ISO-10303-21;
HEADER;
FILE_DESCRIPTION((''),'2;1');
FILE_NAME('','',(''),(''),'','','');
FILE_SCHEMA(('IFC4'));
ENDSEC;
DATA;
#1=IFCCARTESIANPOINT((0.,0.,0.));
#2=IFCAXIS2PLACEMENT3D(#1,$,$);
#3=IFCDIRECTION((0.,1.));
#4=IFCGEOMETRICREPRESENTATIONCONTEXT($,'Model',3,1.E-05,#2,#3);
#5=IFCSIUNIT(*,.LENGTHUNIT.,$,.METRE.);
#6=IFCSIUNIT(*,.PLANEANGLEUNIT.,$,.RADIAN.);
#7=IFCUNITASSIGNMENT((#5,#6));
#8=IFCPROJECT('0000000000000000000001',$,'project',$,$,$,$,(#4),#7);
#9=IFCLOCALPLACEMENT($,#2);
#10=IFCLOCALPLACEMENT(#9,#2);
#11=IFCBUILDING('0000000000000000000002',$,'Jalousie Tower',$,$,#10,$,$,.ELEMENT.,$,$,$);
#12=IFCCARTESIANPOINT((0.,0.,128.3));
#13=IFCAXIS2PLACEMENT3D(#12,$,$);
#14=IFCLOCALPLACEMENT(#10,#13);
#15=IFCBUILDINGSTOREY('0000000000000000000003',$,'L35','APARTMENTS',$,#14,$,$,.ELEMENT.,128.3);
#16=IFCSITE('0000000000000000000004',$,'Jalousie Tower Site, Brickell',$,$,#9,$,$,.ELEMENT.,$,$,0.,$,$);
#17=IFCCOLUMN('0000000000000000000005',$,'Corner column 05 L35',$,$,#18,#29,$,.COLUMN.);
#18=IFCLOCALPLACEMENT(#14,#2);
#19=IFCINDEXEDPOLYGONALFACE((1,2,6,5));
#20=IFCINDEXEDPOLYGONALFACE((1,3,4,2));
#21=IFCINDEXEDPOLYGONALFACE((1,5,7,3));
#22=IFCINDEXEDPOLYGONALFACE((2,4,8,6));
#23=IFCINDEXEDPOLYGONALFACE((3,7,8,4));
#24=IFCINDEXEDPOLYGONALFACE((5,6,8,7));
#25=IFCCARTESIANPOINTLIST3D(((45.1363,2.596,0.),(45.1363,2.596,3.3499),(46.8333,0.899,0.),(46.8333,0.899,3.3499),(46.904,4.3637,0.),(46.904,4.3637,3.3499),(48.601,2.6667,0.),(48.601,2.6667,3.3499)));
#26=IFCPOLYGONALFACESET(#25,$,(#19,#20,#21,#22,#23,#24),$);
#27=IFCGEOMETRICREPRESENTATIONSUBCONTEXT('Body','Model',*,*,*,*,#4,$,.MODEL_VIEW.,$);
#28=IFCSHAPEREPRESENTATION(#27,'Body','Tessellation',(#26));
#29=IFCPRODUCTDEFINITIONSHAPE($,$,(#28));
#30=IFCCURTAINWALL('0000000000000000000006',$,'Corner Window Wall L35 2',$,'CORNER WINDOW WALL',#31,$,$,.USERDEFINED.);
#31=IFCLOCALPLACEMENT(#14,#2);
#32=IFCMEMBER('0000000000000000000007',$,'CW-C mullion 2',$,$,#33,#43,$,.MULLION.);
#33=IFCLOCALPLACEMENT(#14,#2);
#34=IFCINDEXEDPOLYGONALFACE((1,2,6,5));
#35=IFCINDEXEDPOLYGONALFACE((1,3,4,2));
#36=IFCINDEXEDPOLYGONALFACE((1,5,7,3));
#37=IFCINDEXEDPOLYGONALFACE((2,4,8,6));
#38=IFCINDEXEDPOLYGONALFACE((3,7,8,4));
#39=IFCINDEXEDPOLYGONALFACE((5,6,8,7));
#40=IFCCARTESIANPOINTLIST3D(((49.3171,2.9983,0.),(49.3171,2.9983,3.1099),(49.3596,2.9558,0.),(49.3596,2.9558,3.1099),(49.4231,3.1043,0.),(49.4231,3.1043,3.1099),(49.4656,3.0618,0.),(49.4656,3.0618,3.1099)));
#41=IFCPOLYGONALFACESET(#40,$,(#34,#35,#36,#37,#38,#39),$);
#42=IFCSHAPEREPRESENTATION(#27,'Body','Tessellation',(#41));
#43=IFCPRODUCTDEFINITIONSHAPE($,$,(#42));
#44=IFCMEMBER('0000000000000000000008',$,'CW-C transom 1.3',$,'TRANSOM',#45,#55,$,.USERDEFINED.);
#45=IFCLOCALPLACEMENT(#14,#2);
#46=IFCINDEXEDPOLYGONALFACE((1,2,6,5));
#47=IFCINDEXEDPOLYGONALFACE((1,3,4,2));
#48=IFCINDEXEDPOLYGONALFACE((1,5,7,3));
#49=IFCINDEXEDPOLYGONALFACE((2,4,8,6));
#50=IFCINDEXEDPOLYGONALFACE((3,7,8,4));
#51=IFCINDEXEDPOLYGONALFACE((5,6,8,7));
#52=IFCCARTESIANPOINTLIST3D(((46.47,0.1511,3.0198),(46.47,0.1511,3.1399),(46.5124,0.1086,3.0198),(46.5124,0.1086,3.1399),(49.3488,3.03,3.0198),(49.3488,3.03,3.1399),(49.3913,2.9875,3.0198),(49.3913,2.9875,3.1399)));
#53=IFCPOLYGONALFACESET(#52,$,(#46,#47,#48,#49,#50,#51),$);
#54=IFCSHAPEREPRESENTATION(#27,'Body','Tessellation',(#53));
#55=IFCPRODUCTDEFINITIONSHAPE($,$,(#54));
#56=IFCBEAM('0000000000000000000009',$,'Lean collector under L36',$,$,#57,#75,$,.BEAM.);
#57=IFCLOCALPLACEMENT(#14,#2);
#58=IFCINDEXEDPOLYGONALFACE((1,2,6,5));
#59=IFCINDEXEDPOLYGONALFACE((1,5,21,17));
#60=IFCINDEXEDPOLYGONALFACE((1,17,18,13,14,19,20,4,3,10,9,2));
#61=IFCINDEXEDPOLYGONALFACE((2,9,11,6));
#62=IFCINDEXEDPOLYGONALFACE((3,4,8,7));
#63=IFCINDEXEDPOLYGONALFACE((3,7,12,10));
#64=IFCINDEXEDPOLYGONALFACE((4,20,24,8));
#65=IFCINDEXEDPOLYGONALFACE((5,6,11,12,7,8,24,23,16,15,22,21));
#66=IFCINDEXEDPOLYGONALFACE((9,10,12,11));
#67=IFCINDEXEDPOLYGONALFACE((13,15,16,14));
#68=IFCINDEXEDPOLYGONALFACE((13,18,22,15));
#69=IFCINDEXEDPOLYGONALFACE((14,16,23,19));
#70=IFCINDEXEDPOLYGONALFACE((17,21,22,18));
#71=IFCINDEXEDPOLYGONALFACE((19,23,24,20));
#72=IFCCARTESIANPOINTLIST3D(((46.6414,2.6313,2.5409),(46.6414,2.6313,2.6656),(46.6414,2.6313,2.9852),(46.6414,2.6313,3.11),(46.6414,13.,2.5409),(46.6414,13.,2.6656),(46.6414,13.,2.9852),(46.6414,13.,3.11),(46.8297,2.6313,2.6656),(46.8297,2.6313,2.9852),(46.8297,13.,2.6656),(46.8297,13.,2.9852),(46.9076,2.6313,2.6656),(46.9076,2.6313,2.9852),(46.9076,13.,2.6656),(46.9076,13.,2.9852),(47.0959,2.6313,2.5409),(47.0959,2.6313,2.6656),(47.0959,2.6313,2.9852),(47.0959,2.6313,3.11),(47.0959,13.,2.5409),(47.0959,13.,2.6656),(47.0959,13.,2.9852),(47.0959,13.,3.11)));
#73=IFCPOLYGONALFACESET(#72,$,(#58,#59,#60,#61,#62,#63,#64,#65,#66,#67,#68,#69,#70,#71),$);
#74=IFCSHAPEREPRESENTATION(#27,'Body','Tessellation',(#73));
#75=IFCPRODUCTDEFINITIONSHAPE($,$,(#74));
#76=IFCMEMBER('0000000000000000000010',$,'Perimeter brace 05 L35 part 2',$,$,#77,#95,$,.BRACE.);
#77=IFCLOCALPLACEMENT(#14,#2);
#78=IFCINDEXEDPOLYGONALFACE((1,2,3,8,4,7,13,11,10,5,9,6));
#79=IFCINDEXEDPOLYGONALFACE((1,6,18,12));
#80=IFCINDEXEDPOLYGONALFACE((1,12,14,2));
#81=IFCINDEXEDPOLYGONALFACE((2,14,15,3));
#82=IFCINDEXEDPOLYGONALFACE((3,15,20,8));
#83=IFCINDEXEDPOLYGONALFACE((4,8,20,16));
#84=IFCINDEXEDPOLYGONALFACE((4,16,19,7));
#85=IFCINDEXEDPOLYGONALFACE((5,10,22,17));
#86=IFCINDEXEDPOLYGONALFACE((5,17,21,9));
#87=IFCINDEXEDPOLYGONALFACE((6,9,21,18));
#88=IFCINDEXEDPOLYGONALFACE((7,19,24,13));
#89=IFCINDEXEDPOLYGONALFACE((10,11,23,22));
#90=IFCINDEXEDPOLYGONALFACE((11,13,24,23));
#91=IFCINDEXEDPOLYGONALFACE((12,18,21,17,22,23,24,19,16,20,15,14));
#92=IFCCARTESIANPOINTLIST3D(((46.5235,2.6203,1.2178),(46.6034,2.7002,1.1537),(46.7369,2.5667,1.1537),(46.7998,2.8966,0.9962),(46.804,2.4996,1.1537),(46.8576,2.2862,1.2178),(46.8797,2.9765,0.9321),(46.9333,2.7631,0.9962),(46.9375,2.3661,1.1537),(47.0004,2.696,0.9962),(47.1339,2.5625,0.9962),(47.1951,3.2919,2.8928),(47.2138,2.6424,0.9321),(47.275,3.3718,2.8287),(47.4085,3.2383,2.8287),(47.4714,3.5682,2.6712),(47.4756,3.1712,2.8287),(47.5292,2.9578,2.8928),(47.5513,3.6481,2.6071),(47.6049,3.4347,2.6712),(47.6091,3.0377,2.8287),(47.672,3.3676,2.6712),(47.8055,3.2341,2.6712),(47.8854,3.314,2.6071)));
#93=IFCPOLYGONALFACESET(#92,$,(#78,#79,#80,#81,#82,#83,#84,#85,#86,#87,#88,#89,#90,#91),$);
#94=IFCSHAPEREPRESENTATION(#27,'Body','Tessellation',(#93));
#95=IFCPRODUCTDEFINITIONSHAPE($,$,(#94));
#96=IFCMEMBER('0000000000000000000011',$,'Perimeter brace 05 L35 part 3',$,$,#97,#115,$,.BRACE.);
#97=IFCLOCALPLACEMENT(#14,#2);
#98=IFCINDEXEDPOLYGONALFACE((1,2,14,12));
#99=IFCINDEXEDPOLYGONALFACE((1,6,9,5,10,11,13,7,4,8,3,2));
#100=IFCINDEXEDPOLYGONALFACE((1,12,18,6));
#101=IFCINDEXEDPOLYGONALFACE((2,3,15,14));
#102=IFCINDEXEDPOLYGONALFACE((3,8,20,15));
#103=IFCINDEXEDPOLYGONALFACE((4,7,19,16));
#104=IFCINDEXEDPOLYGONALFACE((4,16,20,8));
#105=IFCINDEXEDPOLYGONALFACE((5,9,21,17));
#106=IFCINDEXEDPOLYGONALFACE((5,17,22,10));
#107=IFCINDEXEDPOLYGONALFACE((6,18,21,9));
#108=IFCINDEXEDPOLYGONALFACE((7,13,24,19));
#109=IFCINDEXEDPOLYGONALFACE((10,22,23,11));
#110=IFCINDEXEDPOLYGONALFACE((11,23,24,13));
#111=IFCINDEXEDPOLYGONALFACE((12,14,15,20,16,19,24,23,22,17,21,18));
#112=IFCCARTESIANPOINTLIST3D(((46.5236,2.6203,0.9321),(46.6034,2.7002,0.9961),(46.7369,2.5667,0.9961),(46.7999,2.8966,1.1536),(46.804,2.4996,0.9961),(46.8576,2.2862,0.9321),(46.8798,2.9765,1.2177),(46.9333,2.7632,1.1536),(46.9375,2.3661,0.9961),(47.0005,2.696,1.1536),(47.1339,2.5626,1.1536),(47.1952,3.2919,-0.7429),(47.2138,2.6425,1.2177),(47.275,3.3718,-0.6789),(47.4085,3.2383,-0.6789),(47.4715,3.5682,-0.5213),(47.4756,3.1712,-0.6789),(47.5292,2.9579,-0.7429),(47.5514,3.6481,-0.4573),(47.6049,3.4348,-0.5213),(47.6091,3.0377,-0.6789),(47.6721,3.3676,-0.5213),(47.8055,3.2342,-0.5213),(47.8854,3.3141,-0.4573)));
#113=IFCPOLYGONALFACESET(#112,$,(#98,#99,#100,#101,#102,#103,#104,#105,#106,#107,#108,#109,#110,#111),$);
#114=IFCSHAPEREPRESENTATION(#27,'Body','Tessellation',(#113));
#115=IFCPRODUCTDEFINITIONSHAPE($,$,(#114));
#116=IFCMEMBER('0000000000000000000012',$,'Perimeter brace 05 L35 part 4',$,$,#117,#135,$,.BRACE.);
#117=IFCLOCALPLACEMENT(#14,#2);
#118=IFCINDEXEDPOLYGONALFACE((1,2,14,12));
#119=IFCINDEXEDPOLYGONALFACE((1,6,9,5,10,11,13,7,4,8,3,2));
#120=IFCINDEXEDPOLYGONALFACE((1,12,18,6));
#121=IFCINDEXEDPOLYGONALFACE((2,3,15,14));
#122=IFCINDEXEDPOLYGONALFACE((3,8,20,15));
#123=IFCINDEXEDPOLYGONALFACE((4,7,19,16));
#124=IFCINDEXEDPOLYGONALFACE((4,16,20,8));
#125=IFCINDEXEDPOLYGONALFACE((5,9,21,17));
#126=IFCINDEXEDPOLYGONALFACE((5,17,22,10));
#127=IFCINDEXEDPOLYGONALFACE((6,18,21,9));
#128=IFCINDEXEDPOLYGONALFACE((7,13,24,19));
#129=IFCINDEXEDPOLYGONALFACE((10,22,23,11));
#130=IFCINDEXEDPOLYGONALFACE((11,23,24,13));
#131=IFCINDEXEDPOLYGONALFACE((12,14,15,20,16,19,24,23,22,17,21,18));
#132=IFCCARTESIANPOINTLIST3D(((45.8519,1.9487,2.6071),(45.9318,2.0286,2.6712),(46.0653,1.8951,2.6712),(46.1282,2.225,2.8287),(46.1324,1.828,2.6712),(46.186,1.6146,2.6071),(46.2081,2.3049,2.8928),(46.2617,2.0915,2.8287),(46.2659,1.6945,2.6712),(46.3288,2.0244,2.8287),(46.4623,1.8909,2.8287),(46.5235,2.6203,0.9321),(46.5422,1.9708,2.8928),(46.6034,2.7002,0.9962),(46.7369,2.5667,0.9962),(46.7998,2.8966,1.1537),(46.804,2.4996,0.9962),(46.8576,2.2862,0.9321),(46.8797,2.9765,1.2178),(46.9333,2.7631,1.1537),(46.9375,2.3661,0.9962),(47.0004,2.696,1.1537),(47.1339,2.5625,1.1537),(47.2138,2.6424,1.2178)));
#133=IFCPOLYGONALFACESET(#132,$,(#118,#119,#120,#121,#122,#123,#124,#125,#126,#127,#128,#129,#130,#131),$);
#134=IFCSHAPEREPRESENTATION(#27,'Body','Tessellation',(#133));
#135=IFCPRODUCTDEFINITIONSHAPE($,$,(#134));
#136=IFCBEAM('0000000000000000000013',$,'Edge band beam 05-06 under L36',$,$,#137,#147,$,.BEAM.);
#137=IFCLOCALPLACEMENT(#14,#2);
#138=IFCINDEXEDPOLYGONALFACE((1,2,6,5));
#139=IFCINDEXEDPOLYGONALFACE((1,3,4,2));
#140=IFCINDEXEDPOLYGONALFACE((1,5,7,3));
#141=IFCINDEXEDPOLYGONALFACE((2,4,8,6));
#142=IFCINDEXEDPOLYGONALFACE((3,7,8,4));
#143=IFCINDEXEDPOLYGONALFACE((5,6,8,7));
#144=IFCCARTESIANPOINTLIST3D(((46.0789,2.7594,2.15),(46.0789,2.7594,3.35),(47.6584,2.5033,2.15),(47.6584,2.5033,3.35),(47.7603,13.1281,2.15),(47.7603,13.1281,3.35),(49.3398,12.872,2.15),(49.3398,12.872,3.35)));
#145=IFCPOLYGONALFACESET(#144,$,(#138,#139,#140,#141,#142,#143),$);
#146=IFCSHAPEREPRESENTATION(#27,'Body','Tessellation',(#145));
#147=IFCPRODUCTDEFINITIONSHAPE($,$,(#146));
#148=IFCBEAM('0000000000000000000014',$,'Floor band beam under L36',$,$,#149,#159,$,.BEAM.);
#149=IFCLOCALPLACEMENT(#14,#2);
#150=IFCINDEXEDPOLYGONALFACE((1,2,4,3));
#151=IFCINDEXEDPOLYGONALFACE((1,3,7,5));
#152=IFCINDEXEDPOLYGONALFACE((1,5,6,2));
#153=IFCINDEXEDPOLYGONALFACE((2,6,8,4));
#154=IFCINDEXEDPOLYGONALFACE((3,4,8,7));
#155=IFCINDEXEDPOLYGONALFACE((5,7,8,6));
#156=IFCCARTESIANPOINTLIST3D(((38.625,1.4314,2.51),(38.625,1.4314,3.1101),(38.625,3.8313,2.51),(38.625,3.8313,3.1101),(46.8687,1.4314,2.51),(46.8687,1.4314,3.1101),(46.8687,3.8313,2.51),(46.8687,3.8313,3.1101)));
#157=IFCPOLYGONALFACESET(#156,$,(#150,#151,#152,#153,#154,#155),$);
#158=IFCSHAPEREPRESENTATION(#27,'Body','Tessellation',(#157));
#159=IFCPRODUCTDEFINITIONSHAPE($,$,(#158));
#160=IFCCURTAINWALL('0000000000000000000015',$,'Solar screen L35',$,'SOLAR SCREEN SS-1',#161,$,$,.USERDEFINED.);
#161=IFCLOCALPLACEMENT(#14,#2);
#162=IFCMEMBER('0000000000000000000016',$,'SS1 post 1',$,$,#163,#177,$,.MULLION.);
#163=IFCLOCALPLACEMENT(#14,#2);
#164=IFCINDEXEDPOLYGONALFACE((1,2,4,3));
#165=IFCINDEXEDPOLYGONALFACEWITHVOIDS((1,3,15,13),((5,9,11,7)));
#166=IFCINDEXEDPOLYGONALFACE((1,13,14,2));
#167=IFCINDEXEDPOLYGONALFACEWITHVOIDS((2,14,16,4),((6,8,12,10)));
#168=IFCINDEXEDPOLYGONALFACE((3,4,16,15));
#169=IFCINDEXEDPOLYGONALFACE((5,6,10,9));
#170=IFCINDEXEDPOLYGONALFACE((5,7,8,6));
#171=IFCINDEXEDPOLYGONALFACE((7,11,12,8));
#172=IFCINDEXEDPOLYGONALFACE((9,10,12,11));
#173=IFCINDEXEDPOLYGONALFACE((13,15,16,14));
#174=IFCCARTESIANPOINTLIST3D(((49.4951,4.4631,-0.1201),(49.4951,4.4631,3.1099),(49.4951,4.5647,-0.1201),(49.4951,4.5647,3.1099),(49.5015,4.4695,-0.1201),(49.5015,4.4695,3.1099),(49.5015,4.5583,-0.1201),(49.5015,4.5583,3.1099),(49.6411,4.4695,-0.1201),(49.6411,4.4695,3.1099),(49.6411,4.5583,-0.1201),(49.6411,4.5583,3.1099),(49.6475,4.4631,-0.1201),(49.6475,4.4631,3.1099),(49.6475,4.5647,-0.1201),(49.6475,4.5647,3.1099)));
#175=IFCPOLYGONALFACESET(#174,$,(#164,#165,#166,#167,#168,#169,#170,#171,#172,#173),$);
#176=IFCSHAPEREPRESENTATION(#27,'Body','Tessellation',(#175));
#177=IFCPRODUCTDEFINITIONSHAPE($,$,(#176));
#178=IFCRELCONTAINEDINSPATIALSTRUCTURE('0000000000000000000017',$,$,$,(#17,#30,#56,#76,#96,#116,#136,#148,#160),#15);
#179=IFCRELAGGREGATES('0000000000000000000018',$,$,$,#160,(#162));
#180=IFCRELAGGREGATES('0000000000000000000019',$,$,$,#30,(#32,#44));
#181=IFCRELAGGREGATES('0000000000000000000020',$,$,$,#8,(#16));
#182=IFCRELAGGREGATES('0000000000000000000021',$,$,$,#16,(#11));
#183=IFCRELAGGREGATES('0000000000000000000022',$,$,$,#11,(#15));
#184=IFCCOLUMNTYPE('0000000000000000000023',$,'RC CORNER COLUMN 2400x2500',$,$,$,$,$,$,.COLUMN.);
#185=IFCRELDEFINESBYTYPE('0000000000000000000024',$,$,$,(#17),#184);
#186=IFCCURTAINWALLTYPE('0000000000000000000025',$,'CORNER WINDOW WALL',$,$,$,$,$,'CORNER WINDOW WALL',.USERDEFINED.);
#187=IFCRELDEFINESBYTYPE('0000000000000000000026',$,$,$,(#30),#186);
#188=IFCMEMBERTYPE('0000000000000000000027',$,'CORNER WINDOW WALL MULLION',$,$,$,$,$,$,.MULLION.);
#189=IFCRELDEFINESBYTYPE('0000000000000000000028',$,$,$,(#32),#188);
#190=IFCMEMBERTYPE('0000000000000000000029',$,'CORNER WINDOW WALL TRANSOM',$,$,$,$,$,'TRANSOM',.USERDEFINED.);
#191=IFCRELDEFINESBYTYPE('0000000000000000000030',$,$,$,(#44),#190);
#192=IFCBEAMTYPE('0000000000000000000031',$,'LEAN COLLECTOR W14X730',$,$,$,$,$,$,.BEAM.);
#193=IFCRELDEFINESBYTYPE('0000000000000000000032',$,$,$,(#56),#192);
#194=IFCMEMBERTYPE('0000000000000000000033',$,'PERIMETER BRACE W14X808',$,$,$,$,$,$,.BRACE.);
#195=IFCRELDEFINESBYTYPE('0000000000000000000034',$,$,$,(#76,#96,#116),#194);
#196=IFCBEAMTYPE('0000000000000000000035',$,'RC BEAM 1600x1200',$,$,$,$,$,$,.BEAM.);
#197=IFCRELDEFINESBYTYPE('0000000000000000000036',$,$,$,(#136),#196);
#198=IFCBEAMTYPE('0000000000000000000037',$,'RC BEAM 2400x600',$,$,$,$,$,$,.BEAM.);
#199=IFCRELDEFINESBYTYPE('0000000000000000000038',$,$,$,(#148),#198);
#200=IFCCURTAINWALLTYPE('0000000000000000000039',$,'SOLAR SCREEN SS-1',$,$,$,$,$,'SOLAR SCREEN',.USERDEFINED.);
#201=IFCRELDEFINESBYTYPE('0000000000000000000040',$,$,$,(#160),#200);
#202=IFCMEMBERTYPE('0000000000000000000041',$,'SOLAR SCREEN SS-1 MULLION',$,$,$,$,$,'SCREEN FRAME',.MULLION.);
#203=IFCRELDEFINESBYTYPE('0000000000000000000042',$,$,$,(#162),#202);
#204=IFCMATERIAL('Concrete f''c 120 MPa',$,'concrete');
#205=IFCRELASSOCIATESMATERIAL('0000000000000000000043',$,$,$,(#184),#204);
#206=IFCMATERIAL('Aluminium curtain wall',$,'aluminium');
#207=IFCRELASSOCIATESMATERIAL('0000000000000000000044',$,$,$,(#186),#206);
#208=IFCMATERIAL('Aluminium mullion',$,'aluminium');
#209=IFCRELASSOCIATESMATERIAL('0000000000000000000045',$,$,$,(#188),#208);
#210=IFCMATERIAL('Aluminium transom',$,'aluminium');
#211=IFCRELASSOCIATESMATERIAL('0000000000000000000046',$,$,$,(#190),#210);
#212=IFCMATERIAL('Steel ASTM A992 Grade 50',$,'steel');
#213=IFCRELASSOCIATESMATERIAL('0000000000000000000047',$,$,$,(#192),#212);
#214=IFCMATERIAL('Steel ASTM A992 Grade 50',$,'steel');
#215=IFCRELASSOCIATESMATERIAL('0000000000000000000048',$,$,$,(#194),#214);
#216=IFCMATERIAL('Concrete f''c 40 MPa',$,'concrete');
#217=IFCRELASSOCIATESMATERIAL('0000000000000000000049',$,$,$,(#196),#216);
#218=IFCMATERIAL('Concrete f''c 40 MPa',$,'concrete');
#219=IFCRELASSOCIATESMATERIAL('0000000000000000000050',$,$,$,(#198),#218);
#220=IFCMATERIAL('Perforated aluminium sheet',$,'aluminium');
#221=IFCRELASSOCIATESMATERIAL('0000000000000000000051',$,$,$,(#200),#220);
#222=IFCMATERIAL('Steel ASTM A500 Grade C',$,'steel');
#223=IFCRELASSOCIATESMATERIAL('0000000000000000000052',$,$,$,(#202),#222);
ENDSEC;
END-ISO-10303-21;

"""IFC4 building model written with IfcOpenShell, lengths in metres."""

from ifc_helpers import new_model, si_unit, direction, frame, origin, origin_2d, place, context, subcontext, project, spatial, rectangle, hollow_rectangle, i_section, extrude, material, material_profile, profile_set, type_object, element, aggregate, save


model = new_model("IFC4")

# Units and contexts
model_context = context("Model", 3, precision=1e-05, world=origin(), true_north=direction((0.0, 1.0)))
body_context = subcontext(model_context, "Body", "Model", "MODEL_VIEW")
ifc_project = project(units=[si_unit("LENGTHUNIT", "METRE"), si_unit("PLANEANGLEUNIT", "RADIAN")], contexts=[model_context])

# Site, building, storey
site_placement = place(None, origin())
site = spatial("IfcSite", under=ifc_project, at=site_placement, Name="Jalousie Tower Site, Brickell", CompositionType="ELEMENT", RefElevation=0.0)
building_placement = place(site_placement, origin())
building = spatial("IfcBuilding", under=site, at=building_placement, Name="Jalousie Tower", CompositionType="ELEMENT")
storey_placement = place(building_placement, frame((0.0, 0.0, 128.3)))
storey = spatial("IfcBuildingStorey", under=building, at=storey_placement, Name="L35", Description="APARTMENTS", CompositionType="ELEMENT", Elevation=128.3)

# Column
ifc_material_1 = material(Name="Concrete f'c 120 MPa", Category="concrete")
ifc_material_profile_1 = material_profile(ifc_material_1, rectangle(XDim=2.3999, YDim=2.5, at=origin_2d()), Name="RC 2400x2500")
ifc_profile_set_1 = profile_set([ifc_material_profile_1], Name="Concrete f'c 120 MPa")
column_type = type_object("IfcColumnType", Name="RC CORNER COLUMN 2400x2500", PredefinedType="COLUMN", material=ifc_profile_set_1)
column_placement = place(storey_placement, frame((46.8687, 2.6313, 0.0), z_axis=(0.0, 0.0, 1.0), x_axis=(-0.707107, 0.707107, 0.0)))
element("IfcColumn", 1, at=column_placement, inside=storey, type_object=column_type, Name="Corner column 05 L35", PredefinedType="COLUMN", context=body_context, shape_type="SweptSolid", body=[
    extrude(rectangle(XDim=2.3999, YDim=2.5, at=origin_2d()), origin(), (0.0, 0.0, 1.0), 3.3499),
])

# Curtain wall, members
ifc_material_2 = material(Name="Aluminium curtain wall", Category="aluminium")
curtain_wall_type_1 = type_object("IfcCurtainWallType", Name="CORNER WINDOW WALL", ElementType="CORNER WINDOW WALL", PredefinedType="USERDEFINED", material=ifc_material_2)
curtain_wall_1_placement = place(storey_placement, origin())
curtain_wall_1 = element("IfcCurtainWall", 2, at=curtain_wall_1_placement, inside=storey, type_object=curtain_wall_type_1, Name="Corner Window Wall L35 2", ObjectType="CORNER WINDOW WALL", PredefinedType="USERDEFINED")
ifc_material_3 = material(Name="Aluminium mullion", Category="aluminium")
ifc_material_profile_2 = material_profile(ifc_material_3, rectangle(XDim=0.0601, YDim=0.1499, at=origin_2d()), Name="MULLION 60x150")
ifc_profile_set_2 = profile_set([ifc_material_profile_2], Name="Aluminium mullion")
member_type_1 = type_object("IfcMemberType", Name="CORNER WINDOW WALL MULLION", PredefinedType="MULLION", material=ifc_profile_set_2)
member_1_placement = place(storey_placement, frame((49.3914, 3.03, 0.0), z_axis=(0.0, 0.0, 1.0), x_axis=(-0.707107, 0.707107, 0.0)))
member_1 = element("IfcMember", 3, at=member_1_placement, type_object=member_type_1, Name="CW-C mullion 2", PredefinedType="MULLION", context=body_context, shape_type="SweptSolid", body=[
    extrude(rectangle(XDim=0.0601, YDim=0.1499, at=origin_2d()), origin(), (0.0, 0.0, 1.0), 3.1099),
])
ifc_material_4 = material(Name="Aluminium transom", Category="aluminium")
ifc_material_profile_3 = material_profile(ifc_material_4, rectangle(XDim=0.0601, YDim=0.1201, at=origin_2d()), Name="TRANSOM 60x120")
ifc_profile_set_3 = profile_set([ifc_material_profile_3], Name="Aluminium transom")
member_type_2 = type_object("IfcMemberType", Name="CORNER WINDOW WALL TRANSOM", ElementType="TRANSOM", PredefinedType="USERDEFINED", material=ifc_profile_set_3)
member_2_placement = place(storey_placement, frame((46.4912, 0.1299, 3.0798), z_axis=(0.707107, 0.707107, 0.0), x_axis=(-0.707107, 0.707107, 0.0)))
member_2 = element("IfcMember", 4, at=member_2_placement, type_object=member_type_2, Name="CW-C transom 1.3", ObjectType="TRANSOM", PredefinedType="USERDEFINED", context=body_context, shape_type="SweptSolid", body=[
    extrude(rectangle(XDim=0.0601, YDim=0.1201, at=origin_2d()), origin(), (0.0, 0.0, 1.0), 4.0713),
])

# Beam
ifc_material_5 = material(Name="Steel ASTM A992 Grade 50", Category="steel")
ifc_material_profile_4 = material_profile(ifc_material_5, i_section(OverallWidth=0.4546, OverallDepth=0.5691, WebThickness=0.0779, FlangeThickness=0.1248, at=origin_2d()), Name="W14X730")
ifc_profile_set_4 = profile_set([ifc_material_profile_4], Name="Steel ASTM A992 Grade 50")
beam_type_1 = type_object("IfcBeamType", Name="LEAN COLLECTOR W14X730", PredefinedType="BEAM", material=ifc_profile_set_4)
beam_1_placement = place(storey_placement, frame((46.8687, 2.6313, 2.8254), z_axis=(0.0, 1.0, 0.0), x_axis=(-1.0, 0.0, 0.0)))
element("IfcBeam", 5, at=beam_1_placement, inside=storey, type_object=beam_type_1, Name="Lean collector under L36", PredefinedType="BEAM", context=body_context, shape_type="SweptSolid", body=[
    extrude(i_section(OverallWidth=0.4546, OverallDepth=0.5691, WebThickness=0.0779, FlangeThickness=0.1248, at=origin_2d()), origin(), (0.0, 0.0, 1.0), 10.3687),
])

# Members
ifc_material_6 = material(Name="Steel ASTM A992 Grade 50", Category="steel")
ifc_material_profile_5 = material_profile(ifc_material_6, i_section(OverallWidth=0.4724, OverallDepth=0.5791, WebThickness=0.095, FlangeThickness=0.1299, at=origin_2d()), Name="W14X808")
ifc_profile_set_5 = profile_set([ifc_material_profile_5], Name="Steel ASTM A992 Grade 50")
member_type_3 = type_object("IfcMemberType", Name="PERIMETER BRACE W14X808", PredefinedType="BRACE", material=ifc_profile_set_5)
for number, where, z_axis, x_axis, name in (
    (6, (46.8687, 2.6313, 1.075), (0.348789, 0.348789, 0.869881), (-0.707107, 0.707107, 0.0), "Perimeter brace 05 L35 part 2"),
    (7, (47.5403, 3.303, -0.6001), (-0.348789, -0.348789, 0.869881), (0.707107, -0.707107, 0.0), "Perimeter brace 05 L35 part 3"),
    (8, (46.8687, 2.6313, 1.075), (-0.348789, -0.348789, 0.869881), (0.707107, -0.707107, 0.0), "Perimeter brace 05 L35 part 4"),
):
    element("IfcMember", number, at=place(storey_placement, frame(where, z_axis=z_axis, x_axis=x_axis)), inside=storey, type_object=member_type_3, Name=name, PredefinedType="BRACE", context=body_context, shape_type="SweptSolid", body=[
        extrude(i_section(OverallWidth=0.4724, OverallDepth=0.5791, WebThickness=0.095, FlangeThickness=0.1299, at=origin_2d()), origin(), (0.0, 0.0, 1.0), 1.9255),
    ])

# Beams
ifc_material_7 = material(Name="Concrete f'c 40 MPa", Category="concrete")
ifc_material_profile_6 = material_profile(ifc_material_7, rectangle(XDim=1.6001, YDim=1.2, at=origin_2d()), Name="RC 1600x1200")
ifc_profile_set_6 = profile_set([ifc_material_profile_6], Name="Concrete f'c 40 MPa")
beam_type_2 = type_object("IfcBeamType", Name="RC BEAM 1600x1200", PredefinedType="BEAM", material=ifc_profile_set_6)
beam_2_placement = place(storey_placement, frame((46.8687, 2.6313, 2.75), z_axis=(0.160071, 0.987106, 0.0), x_axis=(-0.987106, 0.160071, 0.0)))
element("IfcBeam", 9, at=beam_2_placement, inside=storey, type_object=beam_type_2, Name="Edge band beam 05-06 under L36", PredefinedType="BEAM", context=body_context, shape_type="SweptSolid", body=[
    extrude(rectangle(XDim=1.6001, YDim=1.2, at=origin_2d()), origin(), (0.0, 0.0, 1.0), 10.5042),
])
ifc_material_8 = material(Name="Concrete f'c 40 MPa", Category="concrete")
ifc_material_profile_7 = material_profile(ifc_material_8, rectangle(XDim=2.3999, YDim=0.6001, at=origin_2d()), Name="RC 2400x600")
ifc_profile_set_7 = profile_set([ifc_material_profile_7], Name="Concrete f'c 40 MPa")
beam_type_3 = type_object("IfcBeamType", Name="RC BEAM 2400x600", PredefinedType="BEAM", material=ifc_profile_set_7)
beam_3_placement = place(storey_placement, frame((46.8687, 2.6313, 2.8101), z_axis=(-1.0, 0.0, 0.0), x_axis=(0.0, -1.0, 0.0)))
element("IfcBeam", 10, at=beam_3_placement, inside=storey, type_object=beam_type_3, Name="Floor band beam under L36", PredefinedType="BEAM", context=body_context, shape_type="SweptSolid", body=[
    extrude(rectangle(XDim=2.3999, YDim=0.6001, at=origin_2d()), origin(), (0.0, 0.0, 1.0), 8.2437),
])

# Curtain wall, member
ifc_material_9 = material(Name="Perforated aluminium sheet", Category="aluminium")
curtain_wall_type_2 = type_object("IfcCurtainWallType", Name="SOLAR SCREEN SS-1", ElementType="SOLAR SCREEN", PredefinedType="USERDEFINED", material=ifc_material_9)
curtain_wall_2_placement = place(storey_placement, origin())
curtain_wall_2 = element("IfcCurtainWall", 11, at=curtain_wall_2_placement, inside=storey, type_object=curtain_wall_type_2, Name="Solar screen L35", ObjectType="SOLAR SCREEN SS-1", PredefinedType="USERDEFINED")
ifc_material_10 = material(Name="Steel ASTM A500 Grade C", Category="steel")
ifc_material_profile_8 = material_profile(ifc_material_10, hollow_rectangle(XDim=0.1016, YDim=0.1523, WallThickness=0.0063, at=origin_2d()), Name="HSS6X4X1/4")
ifc_profile_set_8 = profile_set([ifc_material_profile_8], Name="Steel ASTM A500 Grade C")
member_type_4 = type_object("IfcMemberType", Name="SOLAR SCREEN SS-1 MULLION", ElementType="SCREEN FRAME", PredefinedType="MULLION", material=ifc_profile_set_8)
member_3_placement = place(storey_placement, frame((49.5713, 4.5139, -0.1201), z_axis=(0.0, 0.0, 1.0), x_axis=(0.0, 1.0, 0.0)))
member_3 = element("IfcMember", 12, at=member_3_placement, type_object=member_type_4, Name="SS1 post 1", PredefinedType="MULLION", context=body_context, shape_type="SweptSolid", body=[
    extrude(hollow_rectangle(XDim=0.1016, YDim=0.1523, WallThickness=0.0063, at=origin_2d()), origin(), (0.0, 0.0, 1.0), 3.23),
])
aggregate(curtain_wall_2, [member_3])

aggregate(curtain_wall_1, [member_1, member_2])

save(model, "model.ifc")
